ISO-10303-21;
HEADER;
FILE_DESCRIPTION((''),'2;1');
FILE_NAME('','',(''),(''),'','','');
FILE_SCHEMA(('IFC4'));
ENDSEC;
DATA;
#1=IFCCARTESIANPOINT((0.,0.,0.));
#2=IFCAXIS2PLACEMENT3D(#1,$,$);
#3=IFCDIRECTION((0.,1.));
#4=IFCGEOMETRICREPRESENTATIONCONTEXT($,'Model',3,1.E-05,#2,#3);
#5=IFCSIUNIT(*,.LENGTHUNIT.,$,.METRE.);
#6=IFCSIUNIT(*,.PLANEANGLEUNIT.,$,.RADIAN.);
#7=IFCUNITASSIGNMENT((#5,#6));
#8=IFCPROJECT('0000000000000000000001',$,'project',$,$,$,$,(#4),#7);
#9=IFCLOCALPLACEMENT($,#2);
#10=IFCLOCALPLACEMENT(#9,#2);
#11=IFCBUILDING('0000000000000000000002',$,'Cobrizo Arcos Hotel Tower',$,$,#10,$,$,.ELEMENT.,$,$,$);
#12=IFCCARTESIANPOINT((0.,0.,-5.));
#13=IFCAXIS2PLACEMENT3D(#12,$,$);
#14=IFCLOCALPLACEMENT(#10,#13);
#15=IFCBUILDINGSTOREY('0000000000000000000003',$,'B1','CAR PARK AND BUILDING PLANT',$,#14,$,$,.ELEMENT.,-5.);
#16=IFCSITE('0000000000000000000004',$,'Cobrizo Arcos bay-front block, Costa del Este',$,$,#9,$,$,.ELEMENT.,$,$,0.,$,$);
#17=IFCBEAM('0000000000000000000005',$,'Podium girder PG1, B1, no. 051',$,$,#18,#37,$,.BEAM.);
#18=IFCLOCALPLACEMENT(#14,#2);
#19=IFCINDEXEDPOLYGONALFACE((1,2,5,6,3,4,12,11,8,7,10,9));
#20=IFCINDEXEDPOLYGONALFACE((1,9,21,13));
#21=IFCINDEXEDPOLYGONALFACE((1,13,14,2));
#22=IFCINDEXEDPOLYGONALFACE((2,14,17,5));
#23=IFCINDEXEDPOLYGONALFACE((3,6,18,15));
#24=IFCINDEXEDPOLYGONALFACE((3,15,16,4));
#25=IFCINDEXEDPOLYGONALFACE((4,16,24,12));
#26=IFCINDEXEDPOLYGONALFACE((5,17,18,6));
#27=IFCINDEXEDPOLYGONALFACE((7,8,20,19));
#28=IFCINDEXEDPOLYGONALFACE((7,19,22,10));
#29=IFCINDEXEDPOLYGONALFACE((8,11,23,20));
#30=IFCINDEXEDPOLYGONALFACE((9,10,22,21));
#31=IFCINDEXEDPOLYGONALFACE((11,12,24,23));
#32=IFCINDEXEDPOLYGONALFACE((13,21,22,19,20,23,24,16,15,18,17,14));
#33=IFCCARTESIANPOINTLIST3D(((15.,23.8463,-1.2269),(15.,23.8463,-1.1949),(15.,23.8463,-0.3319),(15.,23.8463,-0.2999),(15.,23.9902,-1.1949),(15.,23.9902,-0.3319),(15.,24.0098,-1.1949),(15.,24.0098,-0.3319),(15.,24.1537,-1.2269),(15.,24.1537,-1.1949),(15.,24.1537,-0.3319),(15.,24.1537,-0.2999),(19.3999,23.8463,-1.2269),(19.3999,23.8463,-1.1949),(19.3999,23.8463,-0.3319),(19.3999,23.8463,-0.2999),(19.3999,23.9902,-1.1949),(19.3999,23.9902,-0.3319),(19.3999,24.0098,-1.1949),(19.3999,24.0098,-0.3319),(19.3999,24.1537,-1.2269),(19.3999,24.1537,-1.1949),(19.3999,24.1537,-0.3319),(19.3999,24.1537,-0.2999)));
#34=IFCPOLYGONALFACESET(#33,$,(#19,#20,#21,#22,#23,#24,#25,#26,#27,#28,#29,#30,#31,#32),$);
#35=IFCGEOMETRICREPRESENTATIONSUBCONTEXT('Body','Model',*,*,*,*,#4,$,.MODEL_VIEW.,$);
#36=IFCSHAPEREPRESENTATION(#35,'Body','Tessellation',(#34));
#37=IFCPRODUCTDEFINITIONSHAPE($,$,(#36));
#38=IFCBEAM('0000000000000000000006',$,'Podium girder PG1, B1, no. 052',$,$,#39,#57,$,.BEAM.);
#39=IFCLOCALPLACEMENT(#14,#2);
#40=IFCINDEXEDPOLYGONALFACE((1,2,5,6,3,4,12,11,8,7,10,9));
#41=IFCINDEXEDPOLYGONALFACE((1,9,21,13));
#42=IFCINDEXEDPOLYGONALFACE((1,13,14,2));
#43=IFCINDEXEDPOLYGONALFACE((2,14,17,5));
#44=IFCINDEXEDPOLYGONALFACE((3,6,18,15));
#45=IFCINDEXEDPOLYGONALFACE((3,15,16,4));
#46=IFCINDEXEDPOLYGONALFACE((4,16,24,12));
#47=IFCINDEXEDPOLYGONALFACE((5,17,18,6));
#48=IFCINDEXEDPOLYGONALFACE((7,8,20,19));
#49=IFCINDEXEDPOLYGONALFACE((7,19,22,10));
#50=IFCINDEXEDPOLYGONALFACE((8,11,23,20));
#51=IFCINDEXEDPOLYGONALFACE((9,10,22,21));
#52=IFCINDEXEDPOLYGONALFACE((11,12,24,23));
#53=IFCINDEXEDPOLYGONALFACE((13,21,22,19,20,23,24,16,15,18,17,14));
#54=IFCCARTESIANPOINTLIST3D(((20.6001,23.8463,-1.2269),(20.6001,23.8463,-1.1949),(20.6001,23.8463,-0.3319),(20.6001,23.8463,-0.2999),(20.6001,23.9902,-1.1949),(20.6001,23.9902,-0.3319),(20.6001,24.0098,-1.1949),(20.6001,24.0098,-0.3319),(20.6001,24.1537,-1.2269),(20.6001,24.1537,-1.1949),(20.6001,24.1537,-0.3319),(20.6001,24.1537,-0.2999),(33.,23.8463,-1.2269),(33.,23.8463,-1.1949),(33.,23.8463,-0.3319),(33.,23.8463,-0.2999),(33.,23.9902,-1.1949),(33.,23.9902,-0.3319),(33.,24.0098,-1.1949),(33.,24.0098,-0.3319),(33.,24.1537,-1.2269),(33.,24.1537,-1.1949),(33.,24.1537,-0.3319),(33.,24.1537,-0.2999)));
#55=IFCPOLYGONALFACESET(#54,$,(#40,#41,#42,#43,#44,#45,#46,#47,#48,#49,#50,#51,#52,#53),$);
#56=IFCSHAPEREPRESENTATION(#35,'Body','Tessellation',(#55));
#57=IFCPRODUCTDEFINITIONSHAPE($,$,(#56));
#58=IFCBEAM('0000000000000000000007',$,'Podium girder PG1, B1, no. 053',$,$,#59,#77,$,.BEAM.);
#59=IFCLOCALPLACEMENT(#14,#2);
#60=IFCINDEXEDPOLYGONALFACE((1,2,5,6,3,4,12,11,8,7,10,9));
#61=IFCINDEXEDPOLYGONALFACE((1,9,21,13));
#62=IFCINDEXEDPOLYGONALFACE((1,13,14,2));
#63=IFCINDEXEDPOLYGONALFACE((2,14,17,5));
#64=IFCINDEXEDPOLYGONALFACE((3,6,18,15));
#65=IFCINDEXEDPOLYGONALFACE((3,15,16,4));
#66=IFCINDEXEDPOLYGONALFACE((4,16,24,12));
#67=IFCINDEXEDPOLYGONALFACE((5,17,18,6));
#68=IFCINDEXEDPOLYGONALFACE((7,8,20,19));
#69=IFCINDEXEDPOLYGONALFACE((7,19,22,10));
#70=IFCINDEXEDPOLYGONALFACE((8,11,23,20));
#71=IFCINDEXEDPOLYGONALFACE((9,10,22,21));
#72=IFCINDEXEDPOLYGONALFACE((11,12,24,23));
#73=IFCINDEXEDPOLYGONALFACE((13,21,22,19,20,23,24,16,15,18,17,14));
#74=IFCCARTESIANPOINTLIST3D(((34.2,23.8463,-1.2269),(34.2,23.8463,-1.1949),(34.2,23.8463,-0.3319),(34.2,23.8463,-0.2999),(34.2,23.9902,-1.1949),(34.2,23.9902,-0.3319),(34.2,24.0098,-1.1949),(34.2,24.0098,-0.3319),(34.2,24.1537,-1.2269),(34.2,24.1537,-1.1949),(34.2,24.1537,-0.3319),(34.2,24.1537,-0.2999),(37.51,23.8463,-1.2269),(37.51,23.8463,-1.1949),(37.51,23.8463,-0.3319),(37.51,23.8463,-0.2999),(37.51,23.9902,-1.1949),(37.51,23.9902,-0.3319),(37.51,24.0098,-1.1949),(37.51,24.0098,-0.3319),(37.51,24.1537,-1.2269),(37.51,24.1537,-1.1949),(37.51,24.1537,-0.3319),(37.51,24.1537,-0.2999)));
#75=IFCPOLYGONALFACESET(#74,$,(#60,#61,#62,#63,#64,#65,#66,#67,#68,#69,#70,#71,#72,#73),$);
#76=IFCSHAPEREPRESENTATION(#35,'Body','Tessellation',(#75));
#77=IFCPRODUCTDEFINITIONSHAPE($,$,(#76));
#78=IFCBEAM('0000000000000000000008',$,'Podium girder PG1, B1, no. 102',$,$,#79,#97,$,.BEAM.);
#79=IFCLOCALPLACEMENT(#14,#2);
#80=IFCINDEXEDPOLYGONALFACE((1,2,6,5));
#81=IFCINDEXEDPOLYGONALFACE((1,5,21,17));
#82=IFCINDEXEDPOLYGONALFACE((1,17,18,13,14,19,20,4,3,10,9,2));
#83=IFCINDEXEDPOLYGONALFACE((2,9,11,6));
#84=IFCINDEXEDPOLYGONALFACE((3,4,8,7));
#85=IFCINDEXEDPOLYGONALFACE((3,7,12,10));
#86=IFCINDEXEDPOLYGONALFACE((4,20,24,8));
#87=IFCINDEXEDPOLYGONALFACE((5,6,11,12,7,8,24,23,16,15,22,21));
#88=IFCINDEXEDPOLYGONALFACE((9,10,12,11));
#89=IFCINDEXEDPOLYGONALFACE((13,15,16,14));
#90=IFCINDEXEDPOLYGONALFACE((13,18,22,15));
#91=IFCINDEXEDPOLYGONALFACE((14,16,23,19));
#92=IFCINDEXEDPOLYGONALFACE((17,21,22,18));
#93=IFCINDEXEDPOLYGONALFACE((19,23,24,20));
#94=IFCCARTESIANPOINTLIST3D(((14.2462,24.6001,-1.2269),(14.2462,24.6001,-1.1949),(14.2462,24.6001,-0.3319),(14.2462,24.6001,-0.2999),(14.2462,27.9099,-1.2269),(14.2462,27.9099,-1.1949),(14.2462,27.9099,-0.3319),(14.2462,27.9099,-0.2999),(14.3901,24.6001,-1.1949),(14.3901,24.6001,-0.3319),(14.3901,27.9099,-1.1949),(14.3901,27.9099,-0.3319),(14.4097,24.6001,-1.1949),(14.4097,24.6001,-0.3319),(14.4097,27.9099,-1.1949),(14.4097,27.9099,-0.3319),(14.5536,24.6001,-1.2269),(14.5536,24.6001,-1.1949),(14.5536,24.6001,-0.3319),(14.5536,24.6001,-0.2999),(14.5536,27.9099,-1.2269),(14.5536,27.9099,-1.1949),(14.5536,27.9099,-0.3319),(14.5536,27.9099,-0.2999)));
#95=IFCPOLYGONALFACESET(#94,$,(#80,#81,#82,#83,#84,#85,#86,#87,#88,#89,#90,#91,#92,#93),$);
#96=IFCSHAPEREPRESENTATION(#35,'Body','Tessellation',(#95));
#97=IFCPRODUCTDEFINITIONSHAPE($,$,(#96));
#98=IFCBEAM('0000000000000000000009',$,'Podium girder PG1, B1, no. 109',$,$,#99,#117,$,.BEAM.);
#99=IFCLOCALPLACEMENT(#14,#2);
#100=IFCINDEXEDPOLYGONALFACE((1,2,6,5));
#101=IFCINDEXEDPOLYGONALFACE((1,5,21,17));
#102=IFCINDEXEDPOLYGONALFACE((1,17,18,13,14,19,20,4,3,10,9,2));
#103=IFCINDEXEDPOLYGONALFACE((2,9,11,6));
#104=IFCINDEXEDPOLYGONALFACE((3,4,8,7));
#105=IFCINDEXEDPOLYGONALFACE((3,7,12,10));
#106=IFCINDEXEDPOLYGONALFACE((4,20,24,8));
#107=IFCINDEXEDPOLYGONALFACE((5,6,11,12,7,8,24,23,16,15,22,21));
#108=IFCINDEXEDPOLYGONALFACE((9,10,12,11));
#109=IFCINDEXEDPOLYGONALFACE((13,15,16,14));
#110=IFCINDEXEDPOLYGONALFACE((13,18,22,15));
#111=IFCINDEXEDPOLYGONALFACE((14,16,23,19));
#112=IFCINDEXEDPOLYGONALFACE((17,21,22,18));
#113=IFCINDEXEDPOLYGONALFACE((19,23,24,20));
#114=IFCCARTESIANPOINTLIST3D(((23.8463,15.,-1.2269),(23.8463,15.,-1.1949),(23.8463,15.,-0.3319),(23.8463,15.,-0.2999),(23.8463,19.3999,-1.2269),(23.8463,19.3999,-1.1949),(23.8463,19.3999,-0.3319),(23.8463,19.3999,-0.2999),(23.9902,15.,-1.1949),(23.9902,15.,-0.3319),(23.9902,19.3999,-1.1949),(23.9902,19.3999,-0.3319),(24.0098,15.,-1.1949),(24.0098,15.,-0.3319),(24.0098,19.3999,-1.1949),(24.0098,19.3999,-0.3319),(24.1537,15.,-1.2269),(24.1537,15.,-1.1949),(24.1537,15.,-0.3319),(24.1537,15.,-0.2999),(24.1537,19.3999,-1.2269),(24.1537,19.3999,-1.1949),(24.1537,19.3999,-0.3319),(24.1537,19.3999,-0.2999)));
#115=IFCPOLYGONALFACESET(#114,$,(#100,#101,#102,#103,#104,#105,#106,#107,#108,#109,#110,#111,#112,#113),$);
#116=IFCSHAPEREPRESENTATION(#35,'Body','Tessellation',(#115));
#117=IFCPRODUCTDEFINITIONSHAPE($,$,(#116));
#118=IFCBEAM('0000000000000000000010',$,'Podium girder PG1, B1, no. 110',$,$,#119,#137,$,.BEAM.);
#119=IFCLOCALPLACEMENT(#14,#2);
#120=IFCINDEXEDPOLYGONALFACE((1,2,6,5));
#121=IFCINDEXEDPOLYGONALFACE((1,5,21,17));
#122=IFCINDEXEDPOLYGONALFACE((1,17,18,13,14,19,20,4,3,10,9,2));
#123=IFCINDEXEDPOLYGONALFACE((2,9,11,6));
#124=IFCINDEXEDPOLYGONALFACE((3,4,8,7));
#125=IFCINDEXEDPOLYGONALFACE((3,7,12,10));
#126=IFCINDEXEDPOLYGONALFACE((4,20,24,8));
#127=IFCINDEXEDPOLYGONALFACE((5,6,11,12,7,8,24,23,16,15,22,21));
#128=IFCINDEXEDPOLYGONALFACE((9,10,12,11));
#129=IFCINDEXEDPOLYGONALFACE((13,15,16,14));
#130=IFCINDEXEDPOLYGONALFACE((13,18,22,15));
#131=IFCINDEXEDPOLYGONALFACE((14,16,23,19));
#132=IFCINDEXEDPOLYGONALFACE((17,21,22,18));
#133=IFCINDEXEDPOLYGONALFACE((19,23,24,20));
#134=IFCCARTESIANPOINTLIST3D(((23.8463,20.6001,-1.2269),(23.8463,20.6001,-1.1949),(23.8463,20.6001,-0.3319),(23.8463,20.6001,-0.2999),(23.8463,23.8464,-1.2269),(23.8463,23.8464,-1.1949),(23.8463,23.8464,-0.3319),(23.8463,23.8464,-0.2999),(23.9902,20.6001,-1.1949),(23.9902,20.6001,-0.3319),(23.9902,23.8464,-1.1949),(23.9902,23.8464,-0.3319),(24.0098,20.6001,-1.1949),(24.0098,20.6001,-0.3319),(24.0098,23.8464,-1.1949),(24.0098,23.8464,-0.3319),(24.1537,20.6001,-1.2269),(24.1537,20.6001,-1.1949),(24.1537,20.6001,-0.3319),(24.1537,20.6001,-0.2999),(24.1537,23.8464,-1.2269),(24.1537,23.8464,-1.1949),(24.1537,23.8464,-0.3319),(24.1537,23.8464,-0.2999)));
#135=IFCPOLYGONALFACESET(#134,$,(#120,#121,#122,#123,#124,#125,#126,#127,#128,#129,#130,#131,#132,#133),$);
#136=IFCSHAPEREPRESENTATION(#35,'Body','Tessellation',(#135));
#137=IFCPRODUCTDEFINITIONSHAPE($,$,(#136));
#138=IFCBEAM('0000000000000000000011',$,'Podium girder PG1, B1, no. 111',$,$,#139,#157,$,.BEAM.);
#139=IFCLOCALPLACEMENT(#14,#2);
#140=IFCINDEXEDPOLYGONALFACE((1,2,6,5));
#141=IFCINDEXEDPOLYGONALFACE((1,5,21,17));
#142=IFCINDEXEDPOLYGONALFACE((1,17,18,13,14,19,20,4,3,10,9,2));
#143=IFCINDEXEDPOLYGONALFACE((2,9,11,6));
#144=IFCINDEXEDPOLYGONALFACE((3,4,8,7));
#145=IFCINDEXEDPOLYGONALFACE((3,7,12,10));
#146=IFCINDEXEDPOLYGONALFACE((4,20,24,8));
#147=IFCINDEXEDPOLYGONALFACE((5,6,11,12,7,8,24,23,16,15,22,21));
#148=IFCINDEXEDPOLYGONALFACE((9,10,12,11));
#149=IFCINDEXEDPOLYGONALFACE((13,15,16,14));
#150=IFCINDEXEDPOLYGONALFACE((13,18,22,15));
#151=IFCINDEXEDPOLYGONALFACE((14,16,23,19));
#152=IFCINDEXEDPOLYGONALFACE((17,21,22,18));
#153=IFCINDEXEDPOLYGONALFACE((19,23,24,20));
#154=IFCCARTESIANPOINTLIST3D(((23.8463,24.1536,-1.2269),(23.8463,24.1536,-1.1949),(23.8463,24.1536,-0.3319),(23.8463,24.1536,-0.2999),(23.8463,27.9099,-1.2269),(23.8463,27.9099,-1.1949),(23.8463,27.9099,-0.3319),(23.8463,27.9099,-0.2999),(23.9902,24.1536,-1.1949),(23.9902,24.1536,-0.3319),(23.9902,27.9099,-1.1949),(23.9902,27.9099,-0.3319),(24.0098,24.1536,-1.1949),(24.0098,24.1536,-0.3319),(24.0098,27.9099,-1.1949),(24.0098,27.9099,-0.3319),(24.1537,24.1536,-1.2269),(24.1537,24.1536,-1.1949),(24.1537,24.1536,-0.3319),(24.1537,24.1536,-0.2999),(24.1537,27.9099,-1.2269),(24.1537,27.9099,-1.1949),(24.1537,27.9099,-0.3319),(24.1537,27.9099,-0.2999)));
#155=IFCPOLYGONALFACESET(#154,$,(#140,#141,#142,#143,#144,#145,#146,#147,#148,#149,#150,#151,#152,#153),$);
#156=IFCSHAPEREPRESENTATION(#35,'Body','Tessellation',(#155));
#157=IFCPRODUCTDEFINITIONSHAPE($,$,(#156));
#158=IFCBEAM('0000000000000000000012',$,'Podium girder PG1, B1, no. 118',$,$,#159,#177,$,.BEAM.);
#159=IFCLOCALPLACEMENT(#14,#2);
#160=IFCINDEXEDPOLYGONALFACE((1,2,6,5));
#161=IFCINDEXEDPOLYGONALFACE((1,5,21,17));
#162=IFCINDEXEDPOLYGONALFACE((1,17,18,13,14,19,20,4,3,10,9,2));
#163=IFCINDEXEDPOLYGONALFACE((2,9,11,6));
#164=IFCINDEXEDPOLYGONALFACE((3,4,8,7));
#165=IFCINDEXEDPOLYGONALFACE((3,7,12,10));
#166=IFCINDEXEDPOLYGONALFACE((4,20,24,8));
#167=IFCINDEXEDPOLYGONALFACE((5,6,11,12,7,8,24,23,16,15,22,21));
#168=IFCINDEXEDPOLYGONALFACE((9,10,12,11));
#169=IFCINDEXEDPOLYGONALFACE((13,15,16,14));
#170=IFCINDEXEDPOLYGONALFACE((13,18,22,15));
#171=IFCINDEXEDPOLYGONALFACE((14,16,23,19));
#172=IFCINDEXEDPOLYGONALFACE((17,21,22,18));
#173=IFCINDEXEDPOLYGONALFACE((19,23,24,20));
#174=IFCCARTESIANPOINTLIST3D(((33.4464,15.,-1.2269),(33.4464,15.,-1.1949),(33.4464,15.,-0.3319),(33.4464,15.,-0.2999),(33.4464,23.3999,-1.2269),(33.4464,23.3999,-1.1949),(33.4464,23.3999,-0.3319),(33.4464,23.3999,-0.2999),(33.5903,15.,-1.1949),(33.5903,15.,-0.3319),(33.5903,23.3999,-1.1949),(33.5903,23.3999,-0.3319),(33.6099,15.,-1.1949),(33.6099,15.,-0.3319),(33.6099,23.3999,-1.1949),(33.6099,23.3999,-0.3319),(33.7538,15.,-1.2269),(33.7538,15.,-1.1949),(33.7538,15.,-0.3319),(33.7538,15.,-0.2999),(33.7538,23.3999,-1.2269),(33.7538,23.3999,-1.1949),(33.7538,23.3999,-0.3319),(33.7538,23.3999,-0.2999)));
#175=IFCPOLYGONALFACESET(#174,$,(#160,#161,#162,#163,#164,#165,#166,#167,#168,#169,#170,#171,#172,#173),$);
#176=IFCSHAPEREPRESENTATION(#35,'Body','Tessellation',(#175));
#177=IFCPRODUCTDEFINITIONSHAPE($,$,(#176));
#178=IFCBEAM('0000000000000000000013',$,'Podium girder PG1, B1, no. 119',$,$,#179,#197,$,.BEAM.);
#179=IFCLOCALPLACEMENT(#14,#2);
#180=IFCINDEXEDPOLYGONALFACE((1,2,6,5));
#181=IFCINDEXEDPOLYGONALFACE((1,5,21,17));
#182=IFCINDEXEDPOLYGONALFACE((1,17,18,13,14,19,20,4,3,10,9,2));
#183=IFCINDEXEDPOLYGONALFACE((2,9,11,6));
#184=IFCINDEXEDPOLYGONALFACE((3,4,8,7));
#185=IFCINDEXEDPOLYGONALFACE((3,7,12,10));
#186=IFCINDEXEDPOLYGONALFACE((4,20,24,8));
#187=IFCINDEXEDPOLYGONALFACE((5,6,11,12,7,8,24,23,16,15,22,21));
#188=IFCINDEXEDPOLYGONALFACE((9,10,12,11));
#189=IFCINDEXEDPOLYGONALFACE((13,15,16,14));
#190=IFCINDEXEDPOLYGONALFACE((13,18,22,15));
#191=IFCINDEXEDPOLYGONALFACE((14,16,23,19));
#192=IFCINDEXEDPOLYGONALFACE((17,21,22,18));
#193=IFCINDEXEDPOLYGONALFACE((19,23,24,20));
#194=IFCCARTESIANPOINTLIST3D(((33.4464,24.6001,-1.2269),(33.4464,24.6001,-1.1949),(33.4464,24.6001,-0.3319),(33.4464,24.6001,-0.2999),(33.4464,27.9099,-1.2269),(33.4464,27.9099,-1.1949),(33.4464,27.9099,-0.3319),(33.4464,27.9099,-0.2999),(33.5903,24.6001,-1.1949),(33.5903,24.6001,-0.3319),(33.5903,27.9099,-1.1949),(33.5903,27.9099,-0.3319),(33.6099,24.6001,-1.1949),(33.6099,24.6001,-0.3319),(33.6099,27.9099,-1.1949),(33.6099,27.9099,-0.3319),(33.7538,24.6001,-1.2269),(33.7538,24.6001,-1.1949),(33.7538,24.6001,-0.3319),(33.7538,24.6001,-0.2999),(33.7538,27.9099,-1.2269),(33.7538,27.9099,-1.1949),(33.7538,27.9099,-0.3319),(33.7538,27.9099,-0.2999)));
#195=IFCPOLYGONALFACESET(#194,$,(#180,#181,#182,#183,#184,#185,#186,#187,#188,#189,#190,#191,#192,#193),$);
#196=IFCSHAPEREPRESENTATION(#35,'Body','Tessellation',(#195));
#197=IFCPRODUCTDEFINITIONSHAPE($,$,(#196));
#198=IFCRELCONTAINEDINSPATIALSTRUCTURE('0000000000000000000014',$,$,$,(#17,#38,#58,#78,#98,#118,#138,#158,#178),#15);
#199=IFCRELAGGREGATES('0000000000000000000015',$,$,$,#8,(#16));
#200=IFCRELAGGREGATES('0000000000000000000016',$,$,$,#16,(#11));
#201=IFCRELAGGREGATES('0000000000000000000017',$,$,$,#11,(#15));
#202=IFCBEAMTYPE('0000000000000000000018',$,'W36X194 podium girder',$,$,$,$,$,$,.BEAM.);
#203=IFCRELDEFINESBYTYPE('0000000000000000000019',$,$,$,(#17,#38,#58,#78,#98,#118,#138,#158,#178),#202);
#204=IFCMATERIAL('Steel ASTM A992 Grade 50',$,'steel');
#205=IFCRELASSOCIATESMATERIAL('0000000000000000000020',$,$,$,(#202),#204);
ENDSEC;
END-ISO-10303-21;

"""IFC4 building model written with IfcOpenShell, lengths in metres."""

from ifc_helpers import new_model, si_unit, direction, frame, origin, origin_2d, place, context, subcontext, project, spatial, i_section, extrude, material, material_profile, profile_set, type_object, element, save


model = new_model("IFC4")

# Units and contexts
model_context = context("Model", 3, precision=1e-05, world=origin(), true_north=direction((0.0, 1.0)))
body_context = subcontext(model_context, "Body", "Model", "MODEL_VIEW")
ifc_project = project(units=[si_unit("LENGTHUNIT", "METRE"), si_unit("PLANEANGLEUNIT", "RADIAN")], contexts=[model_context])

# Site, building, storey
site_placement = place(None, origin())
site = spatial("IfcSite", under=ifc_project, at=site_placement, Name="Cobrizo Arcos bay-front block, Costa del Este", CompositionType="ELEMENT", RefElevation=0.0)
building_placement = place(site_placement, origin())
building = spatial("IfcBuilding", under=site, at=building_placement, Name="Cobrizo Arcos Hotel Tower", CompositionType="ELEMENT")
storey_placement = place(building_placement, frame((0.0, 0.0, -5.0)))
storey = spatial("IfcBuildingStorey", under=building, at=storey_placement, Name="B1", Description="CAR PARK AND BUILDING PLANT", CompositionType="ELEMENT", Elevation=-5.0)

# Beams
ifc_material_1 = material(Name="Steel ASTM A992 Grade 50", Category="steel")
ifc_material_profile_1 = material_profile(ifc_material_1, i_section(OverallWidth=0.3074, OverallDepth=0.927, WebThickness=0.0195, FlangeThickness=0.032, at=origin_2d()), Name="W36X194")
ifc_profile_set_1 = profile_set([ifc_material_profile_1], Name="Steel ASTM A992 Grade 50")
beam_type_1 = type_object("IfcBeamType", Name="W36X194 podium girder", PredefinedType="BEAM", material=ifc_profile_set_1)
beam_1_placement = place(storey_placement, frame((15.0, 24.0, -0.7634), z_axis=(1.0, 0.0, 0.0), x_axis=(0.0, 1.0, 0.0)))
element("IfcBeam", 1, at=beam_1_placement, inside=storey, type_object=beam_type_1, Name="Podium girder PG1, B1, no. 051", PredefinedType="BEAM", context=body_context, shape_type="SweptSolid", body=[
    extrude(i_section(OverallWidth=0.3074, OverallDepth=0.927, WebThickness=0.0195, FlangeThickness=0.032, at=origin_2d()), origin(), (0.0, 0.0, 1.0), 4.3999),
])
beam_2_placement = place(storey_placement, frame((20.6001, 24.0, -0.7634), z_axis=(1.0, 0.0, 0.0), x_axis=(0.0, 1.0, 0.0)))
element("IfcBeam", 2, at=beam_2_placement, inside=storey, type_object=beam_type_1, Name="Podium girder PG1, B1, no. 052", PredefinedType="BEAM", context=body_context, shape_type="SweptSolid", body=[
    extrude(i_section(OverallWidth=0.3074, OverallDepth=0.927, WebThickness=0.0195, FlangeThickness=0.032, at=origin_2d()), origin(), (0.0, 0.0, 1.0), 12.3999),
])
beam_3_placement = place(storey_placement, frame((34.2, 24.0, -0.7634), z_axis=(1.0, 0.0, 0.0), x_axis=(0.0, 1.0, 0.0)))
element("IfcBeam", 3, at=beam_3_placement, inside=storey, type_object=beam_type_1, Name="Podium girder PG1, B1, no. 053", PredefinedType="BEAM", context=body_context, shape_type="SweptSolid", body=[
    extrude(i_section(OverallWidth=0.3074, OverallDepth=0.927, WebThickness=0.0195, FlangeThickness=0.032, at=origin_2d()), origin(), (0.0, 0.0, 1.0), 3.3101),
])
beam_4_placement = place(storey_placement, frame((14.3999, 24.6001, -0.7634), z_axis=(0.0, 1.0, 0.0), x_axis=(-1.0, 0.0, 0.0)))
element("IfcBeam", 4, at=beam_4_placement, inside=storey, type_object=beam_type_1, Name="Podium girder PG1, B1, no. 102", PredefinedType="BEAM", context=body_context, shape_type="SweptSolid", body=[
    extrude(i_section(OverallWidth=0.3074, OverallDepth=0.927, WebThickness=0.0195, FlangeThickness=0.032, at=origin_2d()), origin(), (0.0, 0.0, 1.0), 3.3098),
])
beam_5_placement = place(storey_placement, frame((24.0, 15.0, -0.7634), z_axis=(0.0, 1.0, 0.0), x_axis=(-1.0, 0.0, 0.0)))
element("IfcBeam", 5, at=beam_5_placement, inside=storey, type_object=beam_type_1, Name="Podium girder PG1, B1, no. 109", PredefinedType="BEAM", context=body_context, shape_type="SweptSolid", body=[
    extrude(i_section(OverallWidth=0.3074, OverallDepth=0.927, WebThickness=0.0195, FlangeThickness=0.032, at=origin_2d()), origin(), (0.0, 0.0, 1.0), 4.3999),
])
beam_6_placement = place(storey_placement, frame((24.0, 20.6001, -0.7634), z_axis=(0.0, 1.0, 0.0), x_axis=(-1.0, 0.0, 0.0)))
element("IfcBeam", 6, at=beam_6_placement, inside=storey, type_object=beam_type_1, Name="Podium girder PG1, B1, no. 110", PredefinedType="BEAM", context=body_context, shape_type="SweptSolid", body=[
    extrude(i_section(OverallWidth=0.3074, OverallDepth=0.927, WebThickness=0.0195, FlangeThickness=0.032, at=origin_2d()), origin(), (0.0, 0.0, 1.0), 3.2463),
])
beam_7_placement = place(storey_placement, frame((24.0, 24.1536, -0.7634), z_axis=(0.0, 1.0, 0.0), x_axis=(-1.0, 0.0, 0.0)))
element("IfcBeam", 7, at=beam_7_placement, inside=storey, type_object=beam_type_1, Name="Podium girder PG1, B1, no. 111", PredefinedType="BEAM", context=body_context, shape_type="SweptSolid", body=[
    extrude(i_section(OverallWidth=0.3074, OverallDepth=0.927, WebThickness=0.0195, FlangeThickness=0.032, at=origin_2d()), origin(), (0.0, 0.0, 1.0), 3.7563),
])
beam_8_placement = place(storey_placement, frame((33.6001, 15.0, -0.7634), z_axis=(0.0, 1.0, 0.0), x_axis=(-1.0, 0.0, 0.0)))
element("IfcBeam", 8, at=beam_8_placement, inside=storey, type_object=beam_type_1, Name="Podium girder PG1, B1, no. 118", PredefinedType="BEAM", context=body_context, shape_type="SweptSolid", body=[
    extrude(i_section(OverallWidth=0.3074, OverallDepth=0.927, WebThickness=0.0195, FlangeThickness=0.032, at=origin_2d()), origin(), (0.0, 0.0, 1.0), 8.3999),
])
beam_9_placement = place(storey_placement, frame((33.6001, 24.6001, -0.7634), z_axis=(0.0, 1.0, 0.0), x_axis=(-1.0, 0.0, 0.0)))
element("IfcBeam", 9, at=beam_9_placement, inside=storey, type_object=beam_type_1, Name="Podium girder PG1, B1, no. 119", PredefinedType="BEAM", context=body_context, shape_type="SweptSolid", body=[
    extrude(i_section(OverallWidth=0.3074, OverallDepth=0.927, WebThickness=0.0195, FlangeThickness=0.032, at=origin_2d()), origin(), (0.0, 0.0, 1.0), 3.3098),
])

save(model, "model.ifc")
